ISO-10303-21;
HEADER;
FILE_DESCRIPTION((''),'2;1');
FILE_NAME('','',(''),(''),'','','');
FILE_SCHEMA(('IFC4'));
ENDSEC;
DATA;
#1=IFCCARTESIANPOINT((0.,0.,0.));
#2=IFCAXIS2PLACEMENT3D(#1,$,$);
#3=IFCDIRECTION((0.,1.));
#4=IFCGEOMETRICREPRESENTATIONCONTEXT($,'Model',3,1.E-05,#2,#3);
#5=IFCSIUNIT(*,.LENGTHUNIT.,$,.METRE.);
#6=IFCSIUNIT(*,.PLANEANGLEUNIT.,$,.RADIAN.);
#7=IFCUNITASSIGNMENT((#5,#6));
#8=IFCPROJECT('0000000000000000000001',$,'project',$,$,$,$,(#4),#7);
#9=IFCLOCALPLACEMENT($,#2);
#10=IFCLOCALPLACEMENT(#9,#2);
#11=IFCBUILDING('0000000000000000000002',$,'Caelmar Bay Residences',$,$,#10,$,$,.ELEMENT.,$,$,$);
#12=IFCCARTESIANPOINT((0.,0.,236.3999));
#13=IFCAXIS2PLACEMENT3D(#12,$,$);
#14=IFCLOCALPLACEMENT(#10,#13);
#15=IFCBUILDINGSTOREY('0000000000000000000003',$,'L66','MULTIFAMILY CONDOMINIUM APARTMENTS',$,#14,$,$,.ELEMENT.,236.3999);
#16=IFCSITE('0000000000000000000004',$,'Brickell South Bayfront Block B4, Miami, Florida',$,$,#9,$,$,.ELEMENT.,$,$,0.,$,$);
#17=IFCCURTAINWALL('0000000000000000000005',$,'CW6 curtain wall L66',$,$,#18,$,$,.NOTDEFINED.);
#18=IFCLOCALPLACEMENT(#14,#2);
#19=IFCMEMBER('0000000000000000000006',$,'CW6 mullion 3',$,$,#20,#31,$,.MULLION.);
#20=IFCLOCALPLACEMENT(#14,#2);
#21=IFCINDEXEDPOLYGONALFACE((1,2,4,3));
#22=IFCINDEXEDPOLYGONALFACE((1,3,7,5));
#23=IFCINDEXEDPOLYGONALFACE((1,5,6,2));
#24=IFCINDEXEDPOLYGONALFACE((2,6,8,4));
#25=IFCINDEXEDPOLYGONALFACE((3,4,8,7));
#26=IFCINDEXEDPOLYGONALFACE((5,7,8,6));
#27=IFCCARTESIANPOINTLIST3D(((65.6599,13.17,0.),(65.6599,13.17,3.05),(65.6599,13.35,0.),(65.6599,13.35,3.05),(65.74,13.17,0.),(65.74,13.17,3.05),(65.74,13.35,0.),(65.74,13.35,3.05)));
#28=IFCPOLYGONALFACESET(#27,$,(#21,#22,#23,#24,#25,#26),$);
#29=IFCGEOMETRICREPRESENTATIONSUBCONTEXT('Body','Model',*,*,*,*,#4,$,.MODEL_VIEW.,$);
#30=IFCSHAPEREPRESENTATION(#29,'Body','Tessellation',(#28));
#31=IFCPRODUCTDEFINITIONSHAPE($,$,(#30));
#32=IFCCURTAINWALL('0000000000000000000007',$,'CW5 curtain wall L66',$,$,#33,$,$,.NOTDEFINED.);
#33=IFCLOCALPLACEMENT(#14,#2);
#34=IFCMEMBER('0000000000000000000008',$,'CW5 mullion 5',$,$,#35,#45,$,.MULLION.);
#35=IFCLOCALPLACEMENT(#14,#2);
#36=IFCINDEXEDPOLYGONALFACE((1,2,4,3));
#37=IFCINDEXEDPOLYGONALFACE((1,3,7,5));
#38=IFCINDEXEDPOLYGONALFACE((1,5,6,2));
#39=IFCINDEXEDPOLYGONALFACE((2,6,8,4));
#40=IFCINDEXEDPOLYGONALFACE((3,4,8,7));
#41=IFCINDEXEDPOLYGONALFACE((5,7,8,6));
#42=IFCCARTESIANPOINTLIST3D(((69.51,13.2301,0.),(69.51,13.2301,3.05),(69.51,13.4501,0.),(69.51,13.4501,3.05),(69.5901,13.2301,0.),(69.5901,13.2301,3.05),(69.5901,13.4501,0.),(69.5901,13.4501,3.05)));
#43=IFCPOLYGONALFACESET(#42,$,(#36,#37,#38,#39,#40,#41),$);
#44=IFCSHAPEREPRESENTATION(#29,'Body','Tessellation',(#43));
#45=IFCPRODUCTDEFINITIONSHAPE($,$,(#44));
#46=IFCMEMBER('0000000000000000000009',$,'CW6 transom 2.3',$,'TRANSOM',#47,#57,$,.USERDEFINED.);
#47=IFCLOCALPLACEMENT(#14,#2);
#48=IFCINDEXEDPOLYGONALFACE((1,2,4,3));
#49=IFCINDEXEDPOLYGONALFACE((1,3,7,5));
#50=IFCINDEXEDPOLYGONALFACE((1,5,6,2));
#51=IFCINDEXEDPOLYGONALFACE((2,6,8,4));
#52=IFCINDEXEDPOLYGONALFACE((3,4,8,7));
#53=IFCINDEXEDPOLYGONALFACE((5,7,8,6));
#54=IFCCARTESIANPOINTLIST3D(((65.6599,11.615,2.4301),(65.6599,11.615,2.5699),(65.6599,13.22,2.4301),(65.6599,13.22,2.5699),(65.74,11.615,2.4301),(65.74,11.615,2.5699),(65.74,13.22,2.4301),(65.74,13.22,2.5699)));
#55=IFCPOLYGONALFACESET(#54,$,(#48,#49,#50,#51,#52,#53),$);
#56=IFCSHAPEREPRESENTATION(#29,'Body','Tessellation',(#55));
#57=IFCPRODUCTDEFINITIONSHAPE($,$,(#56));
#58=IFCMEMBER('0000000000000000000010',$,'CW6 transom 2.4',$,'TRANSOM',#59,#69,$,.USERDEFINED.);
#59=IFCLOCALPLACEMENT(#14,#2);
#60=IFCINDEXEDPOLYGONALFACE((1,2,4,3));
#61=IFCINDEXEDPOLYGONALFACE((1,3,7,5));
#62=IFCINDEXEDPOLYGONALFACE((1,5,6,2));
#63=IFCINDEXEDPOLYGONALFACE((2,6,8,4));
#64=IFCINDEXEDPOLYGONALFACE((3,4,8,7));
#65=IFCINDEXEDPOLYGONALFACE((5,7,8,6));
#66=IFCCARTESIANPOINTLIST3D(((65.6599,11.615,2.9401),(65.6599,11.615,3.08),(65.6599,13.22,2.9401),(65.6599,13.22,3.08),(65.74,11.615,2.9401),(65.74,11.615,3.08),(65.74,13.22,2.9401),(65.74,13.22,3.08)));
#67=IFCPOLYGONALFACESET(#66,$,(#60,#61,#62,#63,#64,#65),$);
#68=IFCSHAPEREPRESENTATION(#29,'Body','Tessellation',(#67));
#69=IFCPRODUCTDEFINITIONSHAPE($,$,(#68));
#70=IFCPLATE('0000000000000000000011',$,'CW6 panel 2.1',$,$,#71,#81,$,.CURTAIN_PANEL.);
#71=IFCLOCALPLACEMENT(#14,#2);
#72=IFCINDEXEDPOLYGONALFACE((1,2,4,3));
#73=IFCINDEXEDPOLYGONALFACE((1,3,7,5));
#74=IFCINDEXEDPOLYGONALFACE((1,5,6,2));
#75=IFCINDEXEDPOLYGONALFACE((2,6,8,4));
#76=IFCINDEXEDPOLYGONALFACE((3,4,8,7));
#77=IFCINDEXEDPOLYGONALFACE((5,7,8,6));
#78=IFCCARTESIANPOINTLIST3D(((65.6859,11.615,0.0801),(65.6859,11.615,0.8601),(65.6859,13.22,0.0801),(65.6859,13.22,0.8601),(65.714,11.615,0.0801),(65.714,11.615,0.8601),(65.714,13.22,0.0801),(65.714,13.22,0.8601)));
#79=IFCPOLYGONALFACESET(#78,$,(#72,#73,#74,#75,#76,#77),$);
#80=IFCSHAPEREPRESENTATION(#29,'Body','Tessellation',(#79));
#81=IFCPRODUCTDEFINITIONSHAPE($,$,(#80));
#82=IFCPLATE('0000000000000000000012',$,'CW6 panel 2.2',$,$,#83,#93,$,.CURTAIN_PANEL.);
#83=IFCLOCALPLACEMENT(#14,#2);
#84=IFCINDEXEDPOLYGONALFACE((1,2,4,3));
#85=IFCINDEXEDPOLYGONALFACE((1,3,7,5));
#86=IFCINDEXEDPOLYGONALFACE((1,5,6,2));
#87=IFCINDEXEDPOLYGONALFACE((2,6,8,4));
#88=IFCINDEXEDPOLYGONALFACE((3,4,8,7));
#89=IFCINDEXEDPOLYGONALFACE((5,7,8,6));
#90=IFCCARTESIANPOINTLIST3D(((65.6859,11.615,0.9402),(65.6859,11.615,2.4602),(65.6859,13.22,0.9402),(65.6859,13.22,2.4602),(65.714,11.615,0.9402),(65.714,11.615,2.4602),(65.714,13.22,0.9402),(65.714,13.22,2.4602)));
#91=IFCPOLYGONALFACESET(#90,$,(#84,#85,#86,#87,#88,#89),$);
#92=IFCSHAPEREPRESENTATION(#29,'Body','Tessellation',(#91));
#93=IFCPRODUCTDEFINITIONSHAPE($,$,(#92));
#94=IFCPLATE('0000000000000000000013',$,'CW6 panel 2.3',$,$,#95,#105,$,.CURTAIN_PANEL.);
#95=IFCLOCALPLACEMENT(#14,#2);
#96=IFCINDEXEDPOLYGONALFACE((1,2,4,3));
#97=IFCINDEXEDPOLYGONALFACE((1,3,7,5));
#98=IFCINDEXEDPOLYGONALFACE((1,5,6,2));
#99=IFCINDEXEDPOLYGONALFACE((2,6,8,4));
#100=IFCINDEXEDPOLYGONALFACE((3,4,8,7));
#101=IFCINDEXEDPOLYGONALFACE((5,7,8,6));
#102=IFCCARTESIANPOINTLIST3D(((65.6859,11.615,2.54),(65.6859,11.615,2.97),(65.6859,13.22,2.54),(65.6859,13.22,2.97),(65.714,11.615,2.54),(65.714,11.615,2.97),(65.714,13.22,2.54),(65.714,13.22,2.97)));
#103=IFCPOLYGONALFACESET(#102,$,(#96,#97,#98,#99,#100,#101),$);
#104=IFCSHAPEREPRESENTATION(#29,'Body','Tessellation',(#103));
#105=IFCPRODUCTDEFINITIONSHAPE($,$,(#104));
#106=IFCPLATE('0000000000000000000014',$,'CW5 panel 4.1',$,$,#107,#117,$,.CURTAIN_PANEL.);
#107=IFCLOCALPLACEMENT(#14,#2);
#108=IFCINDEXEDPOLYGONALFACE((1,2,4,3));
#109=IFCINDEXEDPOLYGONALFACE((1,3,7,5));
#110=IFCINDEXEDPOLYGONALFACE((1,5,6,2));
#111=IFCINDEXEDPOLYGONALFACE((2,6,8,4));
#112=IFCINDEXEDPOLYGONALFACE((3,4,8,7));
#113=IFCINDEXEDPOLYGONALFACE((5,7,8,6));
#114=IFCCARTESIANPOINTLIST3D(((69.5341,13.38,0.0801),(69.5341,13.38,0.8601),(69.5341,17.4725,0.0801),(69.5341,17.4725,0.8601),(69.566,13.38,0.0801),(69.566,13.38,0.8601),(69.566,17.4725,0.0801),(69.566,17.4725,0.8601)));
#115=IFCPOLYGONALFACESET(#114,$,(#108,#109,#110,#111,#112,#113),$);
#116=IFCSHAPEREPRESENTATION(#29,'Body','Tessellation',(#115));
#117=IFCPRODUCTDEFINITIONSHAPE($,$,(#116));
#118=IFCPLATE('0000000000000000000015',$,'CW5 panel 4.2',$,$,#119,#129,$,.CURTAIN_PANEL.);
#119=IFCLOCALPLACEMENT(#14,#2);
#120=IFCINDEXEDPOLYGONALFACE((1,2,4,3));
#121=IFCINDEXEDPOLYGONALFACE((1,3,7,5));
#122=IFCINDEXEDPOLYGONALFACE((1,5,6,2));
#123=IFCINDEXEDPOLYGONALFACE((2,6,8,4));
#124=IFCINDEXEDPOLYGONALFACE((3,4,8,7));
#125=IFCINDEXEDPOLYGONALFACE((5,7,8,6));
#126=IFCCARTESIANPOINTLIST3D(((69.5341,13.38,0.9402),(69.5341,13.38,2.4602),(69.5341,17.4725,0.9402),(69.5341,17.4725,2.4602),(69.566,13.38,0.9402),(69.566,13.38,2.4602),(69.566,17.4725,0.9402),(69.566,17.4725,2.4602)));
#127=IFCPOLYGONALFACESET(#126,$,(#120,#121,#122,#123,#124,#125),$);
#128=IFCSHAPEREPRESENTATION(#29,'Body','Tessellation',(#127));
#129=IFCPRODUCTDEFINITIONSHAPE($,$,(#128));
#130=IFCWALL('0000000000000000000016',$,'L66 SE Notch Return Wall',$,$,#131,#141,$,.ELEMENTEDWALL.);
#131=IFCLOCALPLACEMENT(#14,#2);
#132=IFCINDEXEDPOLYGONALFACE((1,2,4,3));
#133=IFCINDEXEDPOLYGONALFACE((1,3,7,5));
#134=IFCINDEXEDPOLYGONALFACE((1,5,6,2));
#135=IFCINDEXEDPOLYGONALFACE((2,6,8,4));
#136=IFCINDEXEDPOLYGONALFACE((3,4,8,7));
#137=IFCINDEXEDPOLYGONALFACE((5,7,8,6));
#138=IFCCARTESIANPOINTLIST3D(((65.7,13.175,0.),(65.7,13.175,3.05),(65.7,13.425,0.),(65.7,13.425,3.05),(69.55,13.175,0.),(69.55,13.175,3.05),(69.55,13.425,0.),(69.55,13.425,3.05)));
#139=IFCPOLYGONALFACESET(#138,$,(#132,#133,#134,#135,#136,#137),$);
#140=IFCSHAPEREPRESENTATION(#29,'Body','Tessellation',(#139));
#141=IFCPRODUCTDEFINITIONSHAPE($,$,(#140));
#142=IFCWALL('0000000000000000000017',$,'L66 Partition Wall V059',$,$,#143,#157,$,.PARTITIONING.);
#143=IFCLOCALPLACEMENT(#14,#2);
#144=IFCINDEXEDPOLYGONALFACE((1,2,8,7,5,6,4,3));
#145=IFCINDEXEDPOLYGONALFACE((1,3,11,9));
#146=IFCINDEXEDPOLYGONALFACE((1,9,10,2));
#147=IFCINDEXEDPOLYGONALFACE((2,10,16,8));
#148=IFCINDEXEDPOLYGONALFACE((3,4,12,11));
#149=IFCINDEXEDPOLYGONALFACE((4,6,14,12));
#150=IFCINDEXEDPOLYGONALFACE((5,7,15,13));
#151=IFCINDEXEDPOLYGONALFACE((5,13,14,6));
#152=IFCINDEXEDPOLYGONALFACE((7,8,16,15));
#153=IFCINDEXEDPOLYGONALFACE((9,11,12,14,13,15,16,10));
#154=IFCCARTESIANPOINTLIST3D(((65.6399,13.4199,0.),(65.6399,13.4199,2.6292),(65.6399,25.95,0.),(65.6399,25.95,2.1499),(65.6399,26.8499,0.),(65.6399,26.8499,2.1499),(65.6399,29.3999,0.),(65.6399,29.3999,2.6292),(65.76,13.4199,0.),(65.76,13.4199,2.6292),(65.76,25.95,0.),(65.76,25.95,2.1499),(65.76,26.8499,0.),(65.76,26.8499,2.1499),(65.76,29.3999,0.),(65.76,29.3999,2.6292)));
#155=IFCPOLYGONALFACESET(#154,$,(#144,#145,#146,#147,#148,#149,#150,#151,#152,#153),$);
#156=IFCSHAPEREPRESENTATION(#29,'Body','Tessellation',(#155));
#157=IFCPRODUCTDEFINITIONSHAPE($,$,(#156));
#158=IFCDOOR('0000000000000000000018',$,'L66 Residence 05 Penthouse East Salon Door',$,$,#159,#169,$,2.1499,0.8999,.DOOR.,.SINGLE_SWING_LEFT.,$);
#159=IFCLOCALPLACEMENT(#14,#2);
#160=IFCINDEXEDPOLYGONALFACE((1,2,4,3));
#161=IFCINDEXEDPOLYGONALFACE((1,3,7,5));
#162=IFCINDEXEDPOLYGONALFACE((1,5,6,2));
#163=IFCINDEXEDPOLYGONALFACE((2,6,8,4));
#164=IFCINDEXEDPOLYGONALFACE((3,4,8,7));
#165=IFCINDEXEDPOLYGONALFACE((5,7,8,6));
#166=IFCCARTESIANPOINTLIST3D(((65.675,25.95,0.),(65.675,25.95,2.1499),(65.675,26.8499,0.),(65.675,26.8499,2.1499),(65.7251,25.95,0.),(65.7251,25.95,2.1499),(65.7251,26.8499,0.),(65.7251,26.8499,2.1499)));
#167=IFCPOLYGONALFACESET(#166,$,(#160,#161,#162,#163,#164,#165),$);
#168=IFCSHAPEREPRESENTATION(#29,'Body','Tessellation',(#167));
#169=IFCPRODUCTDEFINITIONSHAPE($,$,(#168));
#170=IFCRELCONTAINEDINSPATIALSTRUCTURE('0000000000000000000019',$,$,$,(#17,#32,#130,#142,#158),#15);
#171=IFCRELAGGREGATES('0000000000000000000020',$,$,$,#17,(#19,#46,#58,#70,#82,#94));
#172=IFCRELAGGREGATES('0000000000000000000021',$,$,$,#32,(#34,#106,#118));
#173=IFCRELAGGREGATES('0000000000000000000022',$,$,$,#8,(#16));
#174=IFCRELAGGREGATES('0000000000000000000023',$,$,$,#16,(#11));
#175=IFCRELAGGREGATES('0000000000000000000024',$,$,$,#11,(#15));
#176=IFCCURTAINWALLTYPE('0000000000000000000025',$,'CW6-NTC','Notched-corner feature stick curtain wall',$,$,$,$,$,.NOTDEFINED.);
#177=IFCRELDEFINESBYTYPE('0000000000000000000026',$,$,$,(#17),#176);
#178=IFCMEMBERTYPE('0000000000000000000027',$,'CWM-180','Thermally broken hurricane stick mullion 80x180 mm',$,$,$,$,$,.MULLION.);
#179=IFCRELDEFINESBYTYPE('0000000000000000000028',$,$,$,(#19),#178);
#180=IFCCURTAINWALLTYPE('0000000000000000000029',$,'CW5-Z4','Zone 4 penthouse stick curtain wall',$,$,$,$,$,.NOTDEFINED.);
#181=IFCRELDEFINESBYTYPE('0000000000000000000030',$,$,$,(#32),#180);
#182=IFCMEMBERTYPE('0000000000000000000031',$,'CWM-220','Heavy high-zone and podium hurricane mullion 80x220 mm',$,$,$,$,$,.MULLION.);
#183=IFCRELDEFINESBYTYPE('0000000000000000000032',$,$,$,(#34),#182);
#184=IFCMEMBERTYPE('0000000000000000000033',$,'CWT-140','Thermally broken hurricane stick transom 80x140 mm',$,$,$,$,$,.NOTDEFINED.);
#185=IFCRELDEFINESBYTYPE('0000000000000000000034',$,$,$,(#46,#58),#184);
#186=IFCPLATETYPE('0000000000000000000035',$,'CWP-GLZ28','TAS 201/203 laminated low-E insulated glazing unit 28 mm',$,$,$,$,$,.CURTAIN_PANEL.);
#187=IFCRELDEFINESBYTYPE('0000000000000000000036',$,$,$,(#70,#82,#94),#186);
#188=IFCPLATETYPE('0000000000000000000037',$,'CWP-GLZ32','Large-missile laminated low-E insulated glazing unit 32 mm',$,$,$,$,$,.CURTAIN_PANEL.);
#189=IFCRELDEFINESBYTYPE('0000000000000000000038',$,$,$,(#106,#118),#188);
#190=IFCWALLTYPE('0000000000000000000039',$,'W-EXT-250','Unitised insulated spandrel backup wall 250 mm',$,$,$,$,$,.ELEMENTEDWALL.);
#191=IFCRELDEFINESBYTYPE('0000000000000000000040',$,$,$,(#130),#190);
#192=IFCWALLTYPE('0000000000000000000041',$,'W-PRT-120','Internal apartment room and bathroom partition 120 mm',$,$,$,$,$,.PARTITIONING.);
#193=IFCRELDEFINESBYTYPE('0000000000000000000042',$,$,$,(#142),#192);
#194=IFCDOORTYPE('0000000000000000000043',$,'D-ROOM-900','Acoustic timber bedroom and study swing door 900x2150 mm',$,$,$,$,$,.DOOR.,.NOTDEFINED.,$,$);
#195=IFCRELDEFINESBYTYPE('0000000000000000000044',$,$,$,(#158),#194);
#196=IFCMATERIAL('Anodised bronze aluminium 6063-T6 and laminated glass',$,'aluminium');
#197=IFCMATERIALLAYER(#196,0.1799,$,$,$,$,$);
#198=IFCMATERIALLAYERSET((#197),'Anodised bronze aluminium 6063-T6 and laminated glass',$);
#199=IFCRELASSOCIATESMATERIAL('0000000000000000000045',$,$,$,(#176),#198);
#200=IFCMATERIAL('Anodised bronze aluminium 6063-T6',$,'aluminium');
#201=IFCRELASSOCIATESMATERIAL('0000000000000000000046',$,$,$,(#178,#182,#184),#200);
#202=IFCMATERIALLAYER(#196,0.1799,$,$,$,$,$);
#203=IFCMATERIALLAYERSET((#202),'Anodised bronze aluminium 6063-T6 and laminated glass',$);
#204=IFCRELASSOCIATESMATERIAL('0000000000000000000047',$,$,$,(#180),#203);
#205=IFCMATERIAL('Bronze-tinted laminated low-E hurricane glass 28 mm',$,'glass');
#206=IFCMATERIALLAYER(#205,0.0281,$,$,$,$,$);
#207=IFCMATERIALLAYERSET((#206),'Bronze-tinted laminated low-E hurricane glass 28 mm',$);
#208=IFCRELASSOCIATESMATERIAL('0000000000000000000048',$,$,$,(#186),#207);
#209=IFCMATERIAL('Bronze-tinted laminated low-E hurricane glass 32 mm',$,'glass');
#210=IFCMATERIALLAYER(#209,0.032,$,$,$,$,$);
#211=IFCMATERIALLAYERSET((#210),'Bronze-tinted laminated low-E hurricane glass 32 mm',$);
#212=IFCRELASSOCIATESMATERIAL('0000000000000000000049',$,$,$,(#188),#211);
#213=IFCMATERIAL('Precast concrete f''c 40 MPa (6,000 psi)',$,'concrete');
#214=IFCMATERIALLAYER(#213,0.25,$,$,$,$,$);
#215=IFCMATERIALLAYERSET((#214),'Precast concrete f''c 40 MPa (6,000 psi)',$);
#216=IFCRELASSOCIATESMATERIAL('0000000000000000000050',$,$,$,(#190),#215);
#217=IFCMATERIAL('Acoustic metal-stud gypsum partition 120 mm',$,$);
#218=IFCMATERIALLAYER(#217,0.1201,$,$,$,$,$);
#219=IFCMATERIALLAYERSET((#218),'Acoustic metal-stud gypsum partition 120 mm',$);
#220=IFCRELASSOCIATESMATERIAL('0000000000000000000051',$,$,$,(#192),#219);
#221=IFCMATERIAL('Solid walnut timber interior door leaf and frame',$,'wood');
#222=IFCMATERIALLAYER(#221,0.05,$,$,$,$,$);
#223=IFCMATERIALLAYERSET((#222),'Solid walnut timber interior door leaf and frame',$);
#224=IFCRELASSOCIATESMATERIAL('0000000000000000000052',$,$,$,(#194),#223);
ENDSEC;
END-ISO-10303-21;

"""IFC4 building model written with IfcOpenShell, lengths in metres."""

from ifc_helpers import new_model, si_unit, direction, frame, frame_2d, origin, origin_2d, place, context, subcontext, project, spatial, rectangle, extrude, material, layer, layer_set, material_profile, profile_set, type_object, element, fill, aggregate, save


model = new_model("IFC4")

# Units and contexts
model_context = context("Model", 3, precision=1e-05, world=origin(), true_north=direction((0.0, 1.0)))
body_context = subcontext(model_context, "Body", "Model", "MODEL_VIEW")
ifc_project = project(units=[si_unit("LENGTHUNIT", "METRE"), si_unit("PLANEANGLEUNIT", "RADIAN")], contexts=[model_context])

# Site, building, storey
site_placement = place(None, origin())
site = spatial("IfcSite", under=ifc_project, at=site_placement, Name="Brickell South Bayfront Block B4, Miami, Florida", CompositionType="ELEMENT", RefElevation=0.0)
building_placement = place(site_placement, origin())
building = spatial("IfcBuilding", under=site, at=building_placement, Name="Caelmar Bay Residences", CompositionType="ELEMENT")
storey_placement = place(building_placement, frame((0.0, 0.0, 236.3999)))
storey = spatial("IfcBuildingStorey", under=building, at=storey_placement, Name="L66", Description="MULTIFAMILY CONDOMINIUM APARTMENTS", CompositionType="ELEMENT", Elevation=236.3999)

# Curtain walls, members
ifc_material_1 = material(Name="Anodised bronze aluminium 6063-T6 and laminated glass", Category="aluminium")
ifc_layer_1 = layer(ifc_material_1, 0.1799)
ifc_layer_set_1 = layer_set([ifc_layer_1], Name="Anodised bronze aluminium 6063-T6 and laminated glass")
curtain_wall_type_1 = type_object("IfcCurtainWallType", Name="CW6-NTC", Description="Notched-corner feature stick curtain wall", PredefinedType="NOTDEFINED", material=ifc_layer_set_1)
curtain_wall_1_placement = place(storey_placement, origin())
curtain_wall_1 = element("IfcCurtainWall", 1, at=curtain_wall_1_placement, inside=storey, type_object=curtain_wall_type_1, Name="CW6 curtain wall L66", PredefinedType="NOTDEFINED")
ifc_material_2 = material(Name="Anodised bronze aluminium 6063-T6", Category="aluminium")
ifc_material_profile_1 = material_profile(ifc_material_2, rectangle(XDim=0.0801, YDim=0.1799, at=origin_2d()), Name="CWM-80X180")
ifc_profile_set_1 = profile_set([ifc_material_profile_1], Name="Anodised bronze aluminium 6063-T6")
member_type_1 = type_object("IfcMemberType", Name="CWM-180", Description="Thermally broken hurricane stick mullion 80x180 mm", PredefinedType="MULLION", material=ifc_profile_set_1)
member_1_placement = place(storey_placement, frame((65.7, 13.26, 0.0), z_axis=(0.0, 0.0, 1.0), x_axis=(-1.0, 0.0, 0.0)))
member_1 = element("IfcMember", 2, at=member_1_placement, type_object=member_type_1, Name="CW6 mullion 3", PredefinedType="MULLION", context=body_context, shape_type="SweptSolid", body=[
    extrude(rectangle(XDim=0.0801, YDim=0.1799, at=origin_2d()), origin(), (0.0, 0.0, 1.0), 3.05),
])
ifc_layer_2 = layer(ifc_material_1, 0.1799)
ifc_layer_set_2 = layer_set([ifc_layer_2], Name="Anodised bronze aluminium 6063-T6 and laminated glass")
curtain_wall_type_2 = type_object("IfcCurtainWallType", Name="CW5-Z4", Description="Zone 4 penthouse stick curtain wall", PredefinedType="NOTDEFINED", material=ifc_layer_set_2)
curtain_wall_2_placement = place(storey_placement, origin())
curtain_wall_2 = element("IfcCurtainWall", 3, at=curtain_wall_2_placement, inside=storey, type_object=curtain_wall_type_2, Name="CW5 curtain wall L66", PredefinedType="NOTDEFINED")
ifc_material_profile_2 = material_profile(ifc_material_2, rectangle(XDim=0.0801, YDim=0.22, at=origin_2d()), Name="CWM-80X220")
ifc_profile_set_2 = profile_set([ifc_material_profile_2], Name="Anodised bronze aluminium 6063-T6")
member_type_2 = type_object("IfcMemberType", Name="CWM-220", Description="Heavy high-zone and podium hurricane mullion 80x220 mm", PredefinedType="MULLION", material=ifc_profile_set_2)
member_2_placement = place(storey_placement, frame((69.55, 13.3401, 0.0), z_axis=(0.0, 0.0, 1.0), x_axis=(1.0, 0.0, 0.0)))
member_2 = element("IfcMember", 4, at=member_2_placement, type_object=member_type_2, Name="CW5 mullion 5", PredefinedType="MULLION", context=body_context, shape_type="SweptSolid", body=[
    extrude(rectangle(XDim=0.0801, YDim=0.22, at=origin_2d()), origin(), (0.0, 0.0, 1.0), 3.05),
])

# Members
ifc_material_profile_3 = material_profile(ifc_material_2, rectangle(XDim=0.0801, YDim=0.1399, at=origin_2d()), Name="CWT-80X140")
ifc_profile_set_3 = profile_set([ifc_material_profile_3], Name="Anodised bronze aluminium 6063-T6")
member_type_3 = type_object("IfcMemberType", Name="CWT-140", Description="Thermally broken hurricane stick transom 80x140 mm", PredefinedType="NOTDEFINED", material=ifc_profile_set_3)
member_3_placement = place(storey_placement, frame((65.7, 11.615, 2.5), z_axis=(0.0, 1.0, 0.0), x_axis=(-1.0, 0.0, 0.0)))
member_3 = element("IfcMember", 5, at=member_3_placement, type_object=member_type_3, Name="CW6 transom 2.3", ObjectType="TRANSOM", PredefinedType="USERDEFINED", context=body_context, shape_type="SweptSolid", body=[
    extrude(rectangle(XDim=0.0801, YDim=0.1399, at=origin_2d()), origin(), (0.0, 0.0, 1.0), 1.605),
])
member_4_placement = place(storey_placement, frame((65.7, 11.615, 3.01), z_axis=(0.0, 1.0, 0.0), x_axis=(-1.0, 0.0, 0.0)))
member_4 = element("IfcMember", 6, at=member_4_placement, type_object=member_type_3, Name="CW6 transom 2.4", ObjectType="TRANSOM", PredefinedType="USERDEFINED", context=body_context, shape_type="SweptSolid", body=[
    extrude(rectangle(XDim=0.0801, YDim=0.1399, at=origin_2d()), origin(), (0.0, 0.0, 1.0), 1.605),
])

# Plates
ifc_material_3 = material(Name="Bronze-tinted laminated low-E hurricane glass 28 mm", Category="glass")
ifc_layer_3 = layer(ifc_material_3, 0.0281)
ifc_layer_set_3 = layer_set([ifc_layer_3], Name="Bronze-tinted laminated low-E hurricane glass 28 mm")
plate_type_1 = type_object("IfcPlateType", Name="CWP-GLZ28", Description="TAS 201/203 laminated low-E insulated glazing unit 28 mm", PredefinedType="CURTAIN_PANEL", material=ifc_layer_set_3)
plate_1_placement = place(storey_placement, frame((65.7, 12.4175, 0.0801), z_axis=(0.0, 0.0, 1.0), x_axis=(0.0, 1.0, 0.0)))
plate_1 = element("IfcPlate", 7, at=plate_1_placement, type_object=plate_type_1, Name="CW6 panel 2.1", PredefinedType="CURTAIN_PANEL", context=body_context, shape_type="SweptSolid", body=[
    extrude(rectangle(XDim=1.605, YDim=0.0281, at=origin_2d()), origin(), (0.0, 0.0, 1.0), 0.78),
])
plate_2_placement = place(storey_placement, frame((65.7, 12.4175, 0.9402), z_axis=(0.0, 0.0, 1.0), x_axis=(0.0, 1.0, 0.0)))
plate_2 = element("IfcPlate", 8, at=plate_2_placement, type_object=plate_type_1, Name="CW6 panel 2.2", PredefinedType="CURTAIN_PANEL", context=body_context, shape_type="SweptSolid", body=[
    extrude(rectangle(XDim=1.605, YDim=0.0281, at=origin_2d()), origin(), (0.0, 0.0, 1.0), 1.52),
])
plate_3_placement = place(storey_placement, frame((65.7, 12.4175, 2.54), z_axis=(0.0, 0.0, 1.0), x_axis=(0.0, 1.0, 0.0)))
plate_3 = element("IfcPlate", 9, at=plate_3_placement, type_object=plate_type_1, Name="CW6 panel 2.3", PredefinedType="CURTAIN_PANEL", context=body_context, shape_type="SweptSolid", body=[
    extrude(rectangle(XDim=1.605, YDim=0.0281, at=origin_2d()), origin(), (0.0, 0.0, 1.0), 0.4299),
])
aggregate(curtain_wall_1, [member_1, member_3, member_4, plate_1, plate_2, plate_3])
ifc_material_4 = material(Name="Bronze-tinted laminated low-E hurricane glass 32 mm", Category="glass")
ifc_layer_4 = layer(ifc_material_4, 0.032)
ifc_layer_set_4 = layer_set([ifc_layer_4], Name="Bronze-tinted laminated low-E hurricane glass 32 mm")
plate_type_2 = type_object("IfcPlateType", Name="CWP-GLZ32", Description="Large-missile laminated low-E insulated glazing unit 32 mm", PredefinedType="CURTAIN_PANEL", material=ifc_layer_set_4)
plate_4_placement = place(storey_placement, frame((69.55, 15.4263, 0.0801), z_axis=(0.0, 0.0, 1.0), x_axis=(0.0, -1.0, 0.0)))
plate_4 = element("IfcPlate", 10, at=plate_4_placement, type_object=plate_type_2, Name="CW5 panel 4.1", PredefinedType="CURTAIN_PANEL", context=body_context, shape_type="SweptSolid", body=[
    extrude(rectangle(XDim=4.0925, YDim=0.032, at=origin_2d()), origin(), (0.0, 0.0, 1.0), 0.78),
])
plate_5_placement = place(storey_placement, frame((69.55, 15.4263, 0.9402), z_axis=(0.0, 0.0, 1.0), x_axis=(0.0, -1.0, 0.0)))
plate_5 = element("IfcPlate", 11, at=plate_5_placement, type_object=plate_type_2, Name="CW5 panel 4.2", PredefinedType="CURTAIN_PANEL", context=body_context, shape_type="SweptSolid", body=[
    extrude(rectangle(XDim=4.0925, YDim=0.032, at=origin_2d()), origin(), (0.0, 0.0, 1.0), 1.52),
])
aggregate(curtain_wall_2, [member_2, plate_4, plate_5])

# Wall
ifc_material_5 = material(Name="Precast concrete f'c 40 MPa (6,000 psi)", Category="concrete")
ifc_layer_5 = layer(ifc_material_5, 0.25)
ifc_layer_set_5 = layer_set([ifc_layer_5], Name="Precast concrete f'c 40 MPa (6,000 psi)")
wall_type_1 = type_object("IfcWallType", Name="W-EXT-250", Description="Unitised insulated spandrel backup wall 250 mm", PredefinedType="ELEMENTEDWALL", material=ifc_layer_set_5)
wall_1_placement = place(storey_placement, frame((65.7, 13.3, 0.0), z_axis=(0.0, 0.0, 1.0), x_axis=(1.0, 0.0, 0.0)))
element("IfcWall", 12, at=wall_1_placement, inside=storey, type_object=wall_type_1, Name="L66 SE Notch Return Wall", PredefinedType="ELEMENTEDWALL", context=body_context, shape_type="SweptSolid", body=[
    extrude(rectangle(XDim=3.8501, YDim=0.25, at=frame_2d((1.925, 0.0))), origin(), (0.0, 0.0, 1.0), 3.05),
])

# Wall, opening, door
ifc_material_6 = material(Name="Acoustic metal-stud gypsum partition 120 mm")
ifc_layer_6 = layer(ifc_material_6, 0.1201)
ifc_layer_set_6 = layer_set([ifc_layer_6], Name="Acoustic metal-stud gypsum partition 120 mm")
wall_type_2 = type_object("IfcWallType", Name="W-PRT-120", Description="Internal apartment room and bathroom partition 120 mm", PredefinedType="PARTITIONING", material=ifc_layer_set_6)
wall_2_placement = place(storey_placement, frame((65.7, 13.4199, 0.0), z_axis=(0.0, 0.0, 1.0), x_axis=(0.0, 1.0, 0.0)))
wall_2 = element("IfcWall", 13, at=wall_2_placement, inside=storey, type_object=wall_type_2, Name="L66 Partition Wall V059", PredefinedType="PARTITIONING", context=body_context, shape_type="SweptSolid", body=[
    extrude(rectangle(XDim=15.98, YDim=0.1201, at=frame_2d((7.99, 0.0))), origin(), (0.0, 0.0, 1.0), 2.6292),
])
opening_placement = place(wall_2_placement, frame((12.53, 0.0, 0.0)))
opening = element("IfcOpeningElement", 14, at=opening_placement, cuts=wall_2, PredefinedType="OPENING", context=body_context, shape_type="SweptSolid", body=[
    extrude(rectangle(XDim=0.8999, YDim=2.1499, at=frame_2d((0.45, 1.075))), frame((0.0, 0.0701, 0.0), z_axis=(0.0, -1.0, 0.0), x_axis=(1.0, 0.0, 0.0)), (0.0, 0.0, 1.0), 0.1401),
])
ifc_material_7 = material(Name="Solid walnut timber interior door leaf and frame", Category="wood")
ifc_layer_7 = layer(ifc_material_7, 0.05)
ifc_layer_set_7 = layer_set([ifc_layer_7], Name="Solid walnut timber interior door leaf and frame")
door_type = type_object("IfcDoorType", Name="D-ROOM-900", Description="Acoustic timber bedroom and study swing door 900x2150 mm", OperationType="NOTDEFINED", PredefinedType="DOOR", material=ifc_layer_set_7)
door_placement = place(opening_placement, origin())
door = element("IfcDoor", 15, at=door_placement, inside=storey, type_object=door_type, Name="L66 Residence 05 Penthouse East Salon Door", OperationType="SINGLE_SWING_LEFT", OverallHeight=2.1499, OverallWidth=0.8999, PredefinedType="DOOR", context=body_context, shape_type="SweptSolid", body=[
    extrude(rectangle(XDim=0.8999, YDim=2.1499, at=frame_2d((0.45, 1.075))), frame((0.0, 0.0249, 0.0), z_axis=(0.0, -1.0, 0.0), x_axis=(1.0, 0.0, 0.0)), (0.0, 0.0, 1.0), 0.05),
])
fill(opening, door)

save(model, "model.ifc")
